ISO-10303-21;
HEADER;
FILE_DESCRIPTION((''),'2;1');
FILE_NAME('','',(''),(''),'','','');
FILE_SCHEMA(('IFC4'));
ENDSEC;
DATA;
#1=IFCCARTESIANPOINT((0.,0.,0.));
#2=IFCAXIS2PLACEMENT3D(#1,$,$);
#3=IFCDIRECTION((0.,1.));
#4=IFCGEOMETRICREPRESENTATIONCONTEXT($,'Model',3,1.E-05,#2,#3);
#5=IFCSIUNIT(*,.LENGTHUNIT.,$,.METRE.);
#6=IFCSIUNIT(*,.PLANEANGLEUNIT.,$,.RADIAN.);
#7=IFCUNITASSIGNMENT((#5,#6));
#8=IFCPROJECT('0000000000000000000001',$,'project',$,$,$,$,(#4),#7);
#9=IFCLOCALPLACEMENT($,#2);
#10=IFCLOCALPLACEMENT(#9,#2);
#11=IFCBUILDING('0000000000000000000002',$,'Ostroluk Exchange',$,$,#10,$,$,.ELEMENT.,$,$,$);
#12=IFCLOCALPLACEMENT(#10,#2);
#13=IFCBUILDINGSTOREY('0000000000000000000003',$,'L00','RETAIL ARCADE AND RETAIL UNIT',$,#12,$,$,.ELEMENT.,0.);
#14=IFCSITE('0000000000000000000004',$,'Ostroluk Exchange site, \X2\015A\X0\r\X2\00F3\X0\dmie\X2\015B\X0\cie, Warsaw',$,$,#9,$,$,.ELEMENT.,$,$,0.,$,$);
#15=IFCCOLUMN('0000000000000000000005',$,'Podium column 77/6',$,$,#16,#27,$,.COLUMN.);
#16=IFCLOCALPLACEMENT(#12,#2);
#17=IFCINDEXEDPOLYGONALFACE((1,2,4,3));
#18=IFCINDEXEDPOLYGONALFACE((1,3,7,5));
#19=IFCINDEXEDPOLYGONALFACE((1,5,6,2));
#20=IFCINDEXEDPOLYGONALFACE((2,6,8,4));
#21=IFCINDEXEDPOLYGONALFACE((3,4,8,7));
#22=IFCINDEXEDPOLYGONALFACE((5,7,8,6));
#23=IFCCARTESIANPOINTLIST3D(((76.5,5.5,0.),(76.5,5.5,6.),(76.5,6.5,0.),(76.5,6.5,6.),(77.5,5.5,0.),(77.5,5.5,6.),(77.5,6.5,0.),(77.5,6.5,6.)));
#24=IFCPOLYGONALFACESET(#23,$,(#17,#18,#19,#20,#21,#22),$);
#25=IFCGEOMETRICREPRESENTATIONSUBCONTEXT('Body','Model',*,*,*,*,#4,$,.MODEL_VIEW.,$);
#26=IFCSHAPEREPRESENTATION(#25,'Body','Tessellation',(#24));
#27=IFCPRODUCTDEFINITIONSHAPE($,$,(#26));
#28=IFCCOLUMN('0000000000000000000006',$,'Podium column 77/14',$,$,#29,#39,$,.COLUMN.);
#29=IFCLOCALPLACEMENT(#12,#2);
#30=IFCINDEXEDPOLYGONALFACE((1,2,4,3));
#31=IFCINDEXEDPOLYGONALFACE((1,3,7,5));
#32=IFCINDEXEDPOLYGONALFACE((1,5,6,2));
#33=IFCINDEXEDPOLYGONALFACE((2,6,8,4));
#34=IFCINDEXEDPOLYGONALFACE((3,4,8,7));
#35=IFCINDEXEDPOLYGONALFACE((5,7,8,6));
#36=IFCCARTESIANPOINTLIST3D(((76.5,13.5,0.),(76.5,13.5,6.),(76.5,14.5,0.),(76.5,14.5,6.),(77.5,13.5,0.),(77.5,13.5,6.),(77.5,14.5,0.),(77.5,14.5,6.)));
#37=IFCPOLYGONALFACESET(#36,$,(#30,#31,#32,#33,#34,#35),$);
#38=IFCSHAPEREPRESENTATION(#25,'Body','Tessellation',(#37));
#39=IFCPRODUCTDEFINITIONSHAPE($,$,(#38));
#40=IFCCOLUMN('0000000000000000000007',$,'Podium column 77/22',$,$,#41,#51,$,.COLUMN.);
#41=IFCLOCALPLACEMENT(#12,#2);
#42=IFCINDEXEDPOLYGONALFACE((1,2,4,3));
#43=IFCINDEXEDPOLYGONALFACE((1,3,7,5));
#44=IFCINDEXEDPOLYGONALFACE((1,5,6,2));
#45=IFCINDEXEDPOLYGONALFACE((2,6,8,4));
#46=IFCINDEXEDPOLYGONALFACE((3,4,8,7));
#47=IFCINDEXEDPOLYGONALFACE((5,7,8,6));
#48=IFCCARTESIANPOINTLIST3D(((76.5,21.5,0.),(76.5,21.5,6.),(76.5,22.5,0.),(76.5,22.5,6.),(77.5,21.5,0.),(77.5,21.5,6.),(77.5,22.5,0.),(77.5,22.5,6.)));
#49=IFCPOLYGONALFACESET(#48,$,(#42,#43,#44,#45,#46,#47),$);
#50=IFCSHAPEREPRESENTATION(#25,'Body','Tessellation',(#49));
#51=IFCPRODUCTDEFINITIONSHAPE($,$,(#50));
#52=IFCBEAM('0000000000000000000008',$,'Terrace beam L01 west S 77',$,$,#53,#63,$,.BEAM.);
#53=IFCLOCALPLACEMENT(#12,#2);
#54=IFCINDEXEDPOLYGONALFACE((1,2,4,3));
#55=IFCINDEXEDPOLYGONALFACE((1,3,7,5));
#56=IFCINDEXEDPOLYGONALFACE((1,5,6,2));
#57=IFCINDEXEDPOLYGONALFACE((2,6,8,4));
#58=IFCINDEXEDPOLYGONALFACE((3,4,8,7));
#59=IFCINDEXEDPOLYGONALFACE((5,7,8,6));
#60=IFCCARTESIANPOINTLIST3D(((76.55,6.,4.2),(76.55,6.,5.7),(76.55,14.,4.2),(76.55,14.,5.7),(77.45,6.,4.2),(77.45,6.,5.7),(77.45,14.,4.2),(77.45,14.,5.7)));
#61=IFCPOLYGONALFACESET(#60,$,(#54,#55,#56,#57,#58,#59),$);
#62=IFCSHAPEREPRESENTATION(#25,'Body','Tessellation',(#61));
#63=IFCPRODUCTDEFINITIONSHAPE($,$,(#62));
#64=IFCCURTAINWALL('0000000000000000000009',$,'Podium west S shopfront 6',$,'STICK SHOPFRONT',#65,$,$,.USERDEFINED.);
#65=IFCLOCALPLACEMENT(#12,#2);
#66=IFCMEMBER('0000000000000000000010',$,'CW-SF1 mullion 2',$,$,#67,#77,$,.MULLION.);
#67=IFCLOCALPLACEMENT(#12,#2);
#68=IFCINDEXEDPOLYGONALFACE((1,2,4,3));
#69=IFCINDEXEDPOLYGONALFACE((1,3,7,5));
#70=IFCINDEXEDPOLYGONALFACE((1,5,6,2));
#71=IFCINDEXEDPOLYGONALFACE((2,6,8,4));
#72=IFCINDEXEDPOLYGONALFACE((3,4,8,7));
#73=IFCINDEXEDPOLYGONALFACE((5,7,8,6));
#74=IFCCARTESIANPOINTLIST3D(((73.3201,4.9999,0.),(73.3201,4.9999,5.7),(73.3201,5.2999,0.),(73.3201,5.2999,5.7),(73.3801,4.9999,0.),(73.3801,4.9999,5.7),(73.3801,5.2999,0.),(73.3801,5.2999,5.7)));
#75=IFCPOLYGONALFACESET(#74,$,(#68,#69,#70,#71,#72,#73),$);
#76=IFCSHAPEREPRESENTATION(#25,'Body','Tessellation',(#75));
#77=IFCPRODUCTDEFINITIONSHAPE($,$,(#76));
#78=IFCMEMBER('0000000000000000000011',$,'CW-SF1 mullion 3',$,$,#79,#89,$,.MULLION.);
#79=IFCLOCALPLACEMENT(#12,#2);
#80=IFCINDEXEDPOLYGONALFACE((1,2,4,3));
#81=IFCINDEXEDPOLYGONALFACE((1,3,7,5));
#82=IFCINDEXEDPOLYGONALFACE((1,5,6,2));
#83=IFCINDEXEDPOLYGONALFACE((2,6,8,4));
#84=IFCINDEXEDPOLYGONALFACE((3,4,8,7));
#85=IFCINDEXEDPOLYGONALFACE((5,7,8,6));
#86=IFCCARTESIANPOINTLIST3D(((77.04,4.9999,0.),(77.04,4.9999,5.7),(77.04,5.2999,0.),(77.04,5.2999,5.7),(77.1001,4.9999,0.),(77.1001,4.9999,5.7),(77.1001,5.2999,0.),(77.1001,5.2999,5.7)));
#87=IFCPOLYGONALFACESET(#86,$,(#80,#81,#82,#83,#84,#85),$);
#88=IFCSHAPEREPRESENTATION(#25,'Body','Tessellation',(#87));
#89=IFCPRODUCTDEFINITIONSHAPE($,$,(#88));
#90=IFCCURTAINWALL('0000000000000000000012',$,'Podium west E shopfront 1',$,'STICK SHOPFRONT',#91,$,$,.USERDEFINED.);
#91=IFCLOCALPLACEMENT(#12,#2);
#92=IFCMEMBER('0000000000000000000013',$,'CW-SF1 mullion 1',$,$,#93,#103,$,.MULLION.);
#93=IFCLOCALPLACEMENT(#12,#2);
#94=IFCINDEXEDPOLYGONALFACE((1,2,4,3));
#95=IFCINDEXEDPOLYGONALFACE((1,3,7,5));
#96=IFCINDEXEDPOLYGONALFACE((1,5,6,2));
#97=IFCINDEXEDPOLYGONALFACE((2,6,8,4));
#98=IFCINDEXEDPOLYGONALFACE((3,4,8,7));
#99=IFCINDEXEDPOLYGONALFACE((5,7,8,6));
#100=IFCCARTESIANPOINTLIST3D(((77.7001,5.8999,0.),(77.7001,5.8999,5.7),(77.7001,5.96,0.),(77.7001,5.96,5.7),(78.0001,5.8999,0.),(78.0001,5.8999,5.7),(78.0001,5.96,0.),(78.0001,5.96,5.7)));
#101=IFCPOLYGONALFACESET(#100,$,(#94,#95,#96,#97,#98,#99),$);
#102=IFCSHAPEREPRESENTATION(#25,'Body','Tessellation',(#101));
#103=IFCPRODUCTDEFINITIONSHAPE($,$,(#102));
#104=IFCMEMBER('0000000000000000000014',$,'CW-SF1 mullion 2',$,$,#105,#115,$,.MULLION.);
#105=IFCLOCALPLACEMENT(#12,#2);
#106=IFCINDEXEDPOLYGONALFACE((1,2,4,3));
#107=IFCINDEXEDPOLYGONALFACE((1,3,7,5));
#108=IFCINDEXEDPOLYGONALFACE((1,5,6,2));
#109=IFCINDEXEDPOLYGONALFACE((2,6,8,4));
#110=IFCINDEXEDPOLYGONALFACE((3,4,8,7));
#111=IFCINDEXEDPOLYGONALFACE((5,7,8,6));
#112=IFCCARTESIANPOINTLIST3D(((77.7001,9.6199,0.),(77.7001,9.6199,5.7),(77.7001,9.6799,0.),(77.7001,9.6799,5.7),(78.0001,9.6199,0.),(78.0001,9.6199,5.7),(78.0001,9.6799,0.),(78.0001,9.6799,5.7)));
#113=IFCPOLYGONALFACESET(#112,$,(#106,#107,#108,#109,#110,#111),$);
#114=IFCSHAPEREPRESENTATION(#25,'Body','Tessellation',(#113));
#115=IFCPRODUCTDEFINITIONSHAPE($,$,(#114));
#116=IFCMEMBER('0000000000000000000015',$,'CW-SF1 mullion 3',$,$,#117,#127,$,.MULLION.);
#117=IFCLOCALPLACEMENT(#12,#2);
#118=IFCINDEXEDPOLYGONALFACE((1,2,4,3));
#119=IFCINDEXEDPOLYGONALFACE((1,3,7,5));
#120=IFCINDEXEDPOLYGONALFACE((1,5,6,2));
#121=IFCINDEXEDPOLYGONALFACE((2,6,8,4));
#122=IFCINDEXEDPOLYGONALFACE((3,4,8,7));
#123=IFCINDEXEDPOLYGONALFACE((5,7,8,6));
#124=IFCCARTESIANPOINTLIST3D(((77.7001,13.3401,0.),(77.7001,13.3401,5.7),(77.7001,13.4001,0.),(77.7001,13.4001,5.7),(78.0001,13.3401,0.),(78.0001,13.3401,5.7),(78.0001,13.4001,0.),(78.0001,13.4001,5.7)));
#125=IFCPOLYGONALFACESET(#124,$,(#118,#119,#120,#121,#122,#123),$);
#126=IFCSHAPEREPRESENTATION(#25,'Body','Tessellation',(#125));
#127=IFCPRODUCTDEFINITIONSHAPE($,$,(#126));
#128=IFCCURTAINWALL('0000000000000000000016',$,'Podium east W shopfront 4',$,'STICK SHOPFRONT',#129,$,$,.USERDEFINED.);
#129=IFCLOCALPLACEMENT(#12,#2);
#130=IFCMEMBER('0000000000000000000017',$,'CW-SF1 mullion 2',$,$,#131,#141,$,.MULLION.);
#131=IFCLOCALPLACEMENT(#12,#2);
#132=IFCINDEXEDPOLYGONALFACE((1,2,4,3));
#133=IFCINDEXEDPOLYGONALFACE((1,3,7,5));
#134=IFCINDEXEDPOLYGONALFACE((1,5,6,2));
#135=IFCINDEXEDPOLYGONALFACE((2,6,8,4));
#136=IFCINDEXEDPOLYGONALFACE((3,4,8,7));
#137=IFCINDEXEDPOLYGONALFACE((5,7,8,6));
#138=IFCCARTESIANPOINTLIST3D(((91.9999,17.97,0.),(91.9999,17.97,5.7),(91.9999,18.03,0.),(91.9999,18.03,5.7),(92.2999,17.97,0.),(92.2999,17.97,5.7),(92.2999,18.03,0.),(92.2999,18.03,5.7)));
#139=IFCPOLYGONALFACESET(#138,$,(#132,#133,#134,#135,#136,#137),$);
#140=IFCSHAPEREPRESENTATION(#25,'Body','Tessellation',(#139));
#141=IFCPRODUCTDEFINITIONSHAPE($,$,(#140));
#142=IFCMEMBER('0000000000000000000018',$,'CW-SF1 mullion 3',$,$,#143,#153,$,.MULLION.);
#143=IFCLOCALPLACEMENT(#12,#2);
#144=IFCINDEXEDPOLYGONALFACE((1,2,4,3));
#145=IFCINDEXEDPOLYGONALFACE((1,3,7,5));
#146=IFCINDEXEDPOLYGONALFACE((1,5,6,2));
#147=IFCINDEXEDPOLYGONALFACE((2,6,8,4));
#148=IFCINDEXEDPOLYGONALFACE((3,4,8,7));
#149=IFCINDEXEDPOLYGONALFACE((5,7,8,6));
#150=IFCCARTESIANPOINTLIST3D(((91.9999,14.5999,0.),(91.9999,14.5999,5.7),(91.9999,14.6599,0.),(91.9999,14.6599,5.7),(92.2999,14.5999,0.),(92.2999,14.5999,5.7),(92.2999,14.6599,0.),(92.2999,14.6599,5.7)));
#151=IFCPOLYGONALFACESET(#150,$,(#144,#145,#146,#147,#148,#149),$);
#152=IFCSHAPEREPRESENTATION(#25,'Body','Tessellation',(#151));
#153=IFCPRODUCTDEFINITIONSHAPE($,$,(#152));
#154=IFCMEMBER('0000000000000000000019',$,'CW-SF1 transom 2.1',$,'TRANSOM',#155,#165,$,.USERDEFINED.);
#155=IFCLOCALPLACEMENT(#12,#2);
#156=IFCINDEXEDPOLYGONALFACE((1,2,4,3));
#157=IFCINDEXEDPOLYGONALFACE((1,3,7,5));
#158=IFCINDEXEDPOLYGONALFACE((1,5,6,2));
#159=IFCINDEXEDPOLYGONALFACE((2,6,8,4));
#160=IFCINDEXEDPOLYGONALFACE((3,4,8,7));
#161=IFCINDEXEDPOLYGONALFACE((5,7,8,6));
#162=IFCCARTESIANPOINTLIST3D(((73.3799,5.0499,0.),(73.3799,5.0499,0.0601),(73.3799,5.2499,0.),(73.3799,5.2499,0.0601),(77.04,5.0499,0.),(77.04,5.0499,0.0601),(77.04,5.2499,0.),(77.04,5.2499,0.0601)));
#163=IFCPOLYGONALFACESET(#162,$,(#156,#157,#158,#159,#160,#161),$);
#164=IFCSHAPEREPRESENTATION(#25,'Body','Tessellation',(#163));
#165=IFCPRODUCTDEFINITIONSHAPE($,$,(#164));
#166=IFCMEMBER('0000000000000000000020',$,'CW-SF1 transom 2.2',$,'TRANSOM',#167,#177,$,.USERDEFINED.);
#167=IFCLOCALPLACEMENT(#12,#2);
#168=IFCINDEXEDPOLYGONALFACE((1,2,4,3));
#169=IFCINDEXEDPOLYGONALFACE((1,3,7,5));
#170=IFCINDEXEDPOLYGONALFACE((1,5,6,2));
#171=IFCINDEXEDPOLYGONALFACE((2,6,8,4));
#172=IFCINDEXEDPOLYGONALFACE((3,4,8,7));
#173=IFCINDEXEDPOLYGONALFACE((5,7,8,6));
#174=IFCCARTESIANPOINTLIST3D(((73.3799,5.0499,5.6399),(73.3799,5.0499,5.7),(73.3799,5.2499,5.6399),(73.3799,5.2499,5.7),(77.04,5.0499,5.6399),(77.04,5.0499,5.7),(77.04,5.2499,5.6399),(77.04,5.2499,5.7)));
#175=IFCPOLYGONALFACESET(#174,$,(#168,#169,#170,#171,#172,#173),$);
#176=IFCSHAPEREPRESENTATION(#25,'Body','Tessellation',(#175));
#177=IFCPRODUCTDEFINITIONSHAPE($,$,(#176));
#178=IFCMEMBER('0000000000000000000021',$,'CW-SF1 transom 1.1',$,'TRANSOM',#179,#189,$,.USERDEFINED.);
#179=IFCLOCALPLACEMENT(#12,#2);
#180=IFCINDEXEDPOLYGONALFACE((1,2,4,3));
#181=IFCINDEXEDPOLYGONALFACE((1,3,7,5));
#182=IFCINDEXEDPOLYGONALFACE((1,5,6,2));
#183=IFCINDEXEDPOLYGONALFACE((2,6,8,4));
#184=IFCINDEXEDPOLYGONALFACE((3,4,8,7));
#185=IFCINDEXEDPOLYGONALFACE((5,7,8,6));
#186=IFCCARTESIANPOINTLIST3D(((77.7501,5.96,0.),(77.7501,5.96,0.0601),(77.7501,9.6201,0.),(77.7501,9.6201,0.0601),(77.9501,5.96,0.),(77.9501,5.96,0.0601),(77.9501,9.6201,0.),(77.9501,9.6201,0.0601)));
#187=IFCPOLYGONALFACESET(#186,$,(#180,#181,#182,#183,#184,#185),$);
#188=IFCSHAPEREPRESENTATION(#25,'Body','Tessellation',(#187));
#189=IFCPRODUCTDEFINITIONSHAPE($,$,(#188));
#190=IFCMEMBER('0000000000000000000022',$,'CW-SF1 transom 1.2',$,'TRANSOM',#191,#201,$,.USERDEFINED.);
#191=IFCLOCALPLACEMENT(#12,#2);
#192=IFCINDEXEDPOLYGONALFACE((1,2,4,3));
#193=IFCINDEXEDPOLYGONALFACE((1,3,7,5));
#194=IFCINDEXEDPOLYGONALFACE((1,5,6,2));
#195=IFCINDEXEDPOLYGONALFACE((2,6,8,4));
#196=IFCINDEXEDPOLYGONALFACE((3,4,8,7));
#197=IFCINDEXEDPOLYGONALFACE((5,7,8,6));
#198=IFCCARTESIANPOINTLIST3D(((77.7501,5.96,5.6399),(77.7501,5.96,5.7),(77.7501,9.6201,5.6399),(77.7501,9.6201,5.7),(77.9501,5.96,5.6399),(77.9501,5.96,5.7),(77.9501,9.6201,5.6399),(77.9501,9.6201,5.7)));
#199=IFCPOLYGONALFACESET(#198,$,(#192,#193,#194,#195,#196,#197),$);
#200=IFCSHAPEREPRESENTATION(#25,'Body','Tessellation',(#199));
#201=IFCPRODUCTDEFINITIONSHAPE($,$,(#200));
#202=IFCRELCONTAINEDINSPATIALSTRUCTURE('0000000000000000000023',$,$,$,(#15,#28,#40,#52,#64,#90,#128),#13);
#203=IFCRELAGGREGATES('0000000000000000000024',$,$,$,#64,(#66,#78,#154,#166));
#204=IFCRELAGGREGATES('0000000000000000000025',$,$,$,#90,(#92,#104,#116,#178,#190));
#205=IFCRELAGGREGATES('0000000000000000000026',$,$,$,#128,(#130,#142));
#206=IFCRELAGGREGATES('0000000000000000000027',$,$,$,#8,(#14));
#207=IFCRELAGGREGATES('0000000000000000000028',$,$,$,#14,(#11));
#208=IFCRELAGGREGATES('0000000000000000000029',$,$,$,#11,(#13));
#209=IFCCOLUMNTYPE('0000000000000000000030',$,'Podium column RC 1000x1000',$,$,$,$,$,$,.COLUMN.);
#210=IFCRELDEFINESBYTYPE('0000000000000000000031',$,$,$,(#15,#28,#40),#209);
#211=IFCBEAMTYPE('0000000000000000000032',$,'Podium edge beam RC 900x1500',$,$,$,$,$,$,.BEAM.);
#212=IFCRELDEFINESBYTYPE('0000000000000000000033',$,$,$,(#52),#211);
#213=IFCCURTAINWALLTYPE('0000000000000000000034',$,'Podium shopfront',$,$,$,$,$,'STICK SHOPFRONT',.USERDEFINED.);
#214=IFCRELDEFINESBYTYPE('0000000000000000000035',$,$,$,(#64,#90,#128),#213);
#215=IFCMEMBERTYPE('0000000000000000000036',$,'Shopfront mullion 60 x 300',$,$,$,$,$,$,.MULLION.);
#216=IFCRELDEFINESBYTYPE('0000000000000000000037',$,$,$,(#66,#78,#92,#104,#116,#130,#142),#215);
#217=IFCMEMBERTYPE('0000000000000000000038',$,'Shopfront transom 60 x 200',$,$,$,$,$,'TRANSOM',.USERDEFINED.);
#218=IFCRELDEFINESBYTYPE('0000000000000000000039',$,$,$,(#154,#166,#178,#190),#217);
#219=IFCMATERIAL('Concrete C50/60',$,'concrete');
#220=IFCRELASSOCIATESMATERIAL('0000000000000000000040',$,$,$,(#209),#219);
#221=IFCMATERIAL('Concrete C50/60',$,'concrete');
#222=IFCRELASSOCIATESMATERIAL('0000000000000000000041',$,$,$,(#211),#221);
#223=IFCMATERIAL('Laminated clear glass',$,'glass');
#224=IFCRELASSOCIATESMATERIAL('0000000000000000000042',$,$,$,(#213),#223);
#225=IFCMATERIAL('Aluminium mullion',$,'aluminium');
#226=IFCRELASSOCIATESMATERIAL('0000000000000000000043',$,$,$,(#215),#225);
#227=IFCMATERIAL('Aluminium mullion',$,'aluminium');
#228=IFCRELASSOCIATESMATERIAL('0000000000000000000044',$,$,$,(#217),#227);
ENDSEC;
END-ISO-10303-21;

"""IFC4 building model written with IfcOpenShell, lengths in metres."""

from ifc_helpers import new_model, si_unit, direction, frame, origin, origin_2d, place, context, subcontext, project, spatial, rectangle, extrude, material, material_profile, profile_set, type_object, element, aggregate, save


model = new_model("IFC4")

# Units and contexts
model_context = context("Model", 3, precision=1e-05, world=origin(), true_north=direction((0.0, 1.0)))
body_context = subcontext(model_context, "Body", "Model", "MODEL_VIEW")
ifc_project = project(units=[si_unit("LENGTHUNIT", "METRE"), si_unit("PLANEANGLEUNIT", "RADIAN")], contexts=[model_context])

# Site, building, storey
site_placement = place(None, origin())
site = spatial("IfcSite", under=ifc_project, at=site_placement, Name="Ostroluk Exchange site, Śródmieście, Warsaw", CompositionType="ELEMENT", RefElevation=0.0)
building_placement = place(site_placement, origin())
building = spatial("IfcBuilding", under=site, at=building_placement, Name="Ostroluk Exchange", CompositionType="ELEMENT")
storey_placement = place(building_placement, origin())
storey = spatial("IfcBuildingStorey", under=building, at=storey_placement, Name="L00", Description="RETAIL ARCADE AND RETAIL UNIT", CompositionType="ELEMENT", Elevation=0.0)

# Columns
ifc_material_1 = material(Name="Concrete C50/60", Category="concrete")
ifc_material_profile_1 = material_profile(ifc_material_1, rectangle(XDim=1.0, YDim=1.0, at=origin_2d()), Name="RC 1000x1000")
ifc_profile_set_1 = profile_set([ifc_material_profile_1], Name="Concrete C50/60")
column_type = type_object("IfcColumnType", Name="Podium column RC 1000x1000", PredefinedType="COLUMN", material=ifc_profile_set_1)
for number, where, z_axis, x_axis, name in (
    (1, (77.0, 6.0, 0.0), (0.0, 0.0, 1.0), (1.0, 0.0, 0.0), "Podium column 77/6"),
    (2, (77.0, 14.0, 0.0), (0.0, 0.0, 1.0), (1.0, 0.0, 0.0), "Podium column 77/14"),
    (3, (77.0, 22.0, 0.0), (0.0, 0.0, 1.0), (1.0, 0.0, 0.0), "Podium column 77/22"),
):
    element("IfcColumn", number, at=place(storey_placement, frame(where, z_axis=z_axis, x_axis=x_axis)), inside=storey, type_object=column_type, Name=name, PredefinedType="COLUMN", context=body_context, shape_type="SweptSolid", body=[
        extrude(rectangle(XDim=1.0, YDim=1.0, at=origin_2d()), origin(), (0.0, 0.0, 1.0), 6.0),
    ])

# Beam
ifc_material_2 = material(Name="Concrete C50/60", Category="concrete")
ifc_material_profile_2 = material_profile(ifc_material_2, rectangle(XDim=0.8999, YDim=1.5, at=origin_2d()), Name="RC 900x1500")
ifc_profile_set_2 = profile_set([ifc_material_profile_2], Name="Concrete C50/60")
beam_type = type_object("IfcBeamType", Name="Podium edge beam RC 900x1500", PredefinedType="BEAM", material=ifc_profile_set_2)
beam_placement = place(storey_placement, frame((77.0, 6.0, 4.95), z_axis=(0.0, 1.0, 0.0), x_axis=(-1.0, 0.0, 0.0)))
element("IfcBeam", 4, at=beam_placement, inside=storey, type_object=beam_type, Name="Terrace beam L01 west S 77", PredefinedType="BEAM", context=body_context, shape_type="SweptSolid", body=[
    extrude(rectangle(XDim=0.8999, YDim=1.5, at=origin_2d()), origin(), (0.0, 0.0, 1.0), 8.0),
])

# Curtain walls, members
ifc_material_3 = material(Name="Laminated clear glass", Category="glass")
curtain_wall_type = type_object("IfcCurtainWallType", Name="Podium shopfront", ElementType="STICK SHOPFRONT", PredefinedType="USERDEFINED", material=ifc_material_3)
curtain_wall_1_placement = place(storey_placement, origin())
curtain_wall_1 = element("IfcCurtainWall", 5, at=curtain_wall_1_placement, inside=storey, type_object=curtain_wall_type, Name="Podium west S shopfront 6", ObjectType="STICK SHOPFRONT", PredefinedType="USERDEFINED")
ifc_material_4 = material(Name="Aluminium mullion", Category="aluminium")
ifc_material_profile_3 = material_profile(ifc_material_4, rectangle(XDim=0.3, YDim=0.0601, at=origin_2d()), Name="Shopfront mullion 60 x 300")
ifc_profile_set_3 = profile_set([ifc_material_profile_3], Name="Aluminium mullion")
member_type_1 = type_object("IfcMemberType", Name="Shopfront mullion 60 x 300", PredefinedType="MULLION", material=ifc_profile_set_3)
member_1_placement = place(storey_placement, frame((73.3501, 5.1499, 0.0), z_axis=(0.0, 0.0, 1.0), x_axis=(0.0, 1.0, 0.0)))
member_1 = element("IfcMember", 6, at=member_1_placement, type_object=member_type_1, Name="CW-SF1 mullion 2", PredefinedType="MULLION", context=body_context, shape_type="SweptSolid", body=[
    extrude(rectangle(XDim=0.3, YDim=0.0601, at=origin_2d()), origin(), (0.0, 0.0, 1.0), 5.7),
])
member_2_placement = place(storey_placement, frame((77.0701, 5.1499, 0.0), z_axis=(0.0, 0.0, 1.0), x_axis=(0.0, 1.0, 0.0)))
member_2 = element("IfcMember", 7, at=member_2_placement, type_object=member_type_1, Name="CW-SF1 mullion 3", PredefinedType="MULLION", context=body_context, shape_type="SweptSolid", body=[
    extrude(rectangle(XDim=0.3, YDim=0.0601, at=origin_2d()), origin(), (0.0, 0.0, 1.0), 5.7),
])
curtain_wall_2_placement = place(storey_placement, origin())
curtain_wall_2 = element("IfcCurtainWall", 8, at=curtain_wall_2_placement, inside=storey, type_object=curtain_wall_type, Name="Podium west E shopfront 1", ObjectType="STICK SHOPFRONT", PredefinedType="USERDEFINED")
member_3_placement = place(storey_placement, frame((77.8501, 5.9299, 0.0), z_axis=(0.0, 0.0, 1.0), x_axis=(-1.0, 0.0, 0.0)))
member_3 = element("IfcMember", 9, at=member_3_placement, type_object=member_type_1, Name="CW-SF1 mullion 1", PredefinedType="MULLION", context=body_context, shape_type="SweptSolid", body=[
    extrude(rectangle(XDim=0.3, YDim=0.0601, at=origin_2d()), origin(), (0.0, 0.0, 1.0), 5.7),
])
member_4_placement = place(storey_placement, frame((77.8501, 9.6499, 0.0), z_axis=(0.0, 0.0, 1.0), x_axis=(-1.0, 0.0, 0.0)))
member_4 = element("IfcMember", 10, at=member_4_placement, type_object=member_type_1, Name="CW-SF1 mullion 2", PredefinedType="MULLION", context=body_context, shape_type="SweptSolid", body=[
    extrude(rectangle(XDim=0.3, YDim=0.0601, at=origin_2d()), origin(), (0.0, 0.0, 1.0), 5.7),
])
member_5_placement = place(storey_placement, frame((77.8501, 13.3701, 0.0), z_axis=(0.0, 0.0, 1.0), x_axis=(-1.0, 0.0, 0.0)))
member_5 = element("IfcMember", 11, at=member_5_placement, type_object=member_type_1, Name="CW-SF1 mullion 3", PredefinedType="MULLION", context=body_context, shape_type="SweptSolid", body=[
    extrude(rectangle(XDim=0.3, YDim=0.0601, at=origin_2d()), origin(), (0.0, 0.0, 1.0), 5.7),
])
curtain_wall_3_placement = place(storey_placement, origin())
curtain_wall_3 = element("IfcCurtainWall", 12, at=curtain_wall_3_placement, inside=storey, type_object=curtain_wall_type, Name="Podium east W shopfront 4", ObjectType="STICK SHOPFRONT", PredefinedType="USERDEFINED")
member_6_placement = place(storey_placement, frame((92.1499, 18.0, 0.0), z_axis=(0.0, 0.0, 1.0), x_axis=(1.0, 0.0, 0.0)))
member_6 = element("IfcMember", 13, at=member_6_placement, type_object=member_type_1, Name="CW-SF1 mullion 2", PredefinedType="MULLION", context=body_context, shape_type="SweptSolid", body=[
    extrude(rectangle(XDim=0.3, YDim=0.0601, at=origin_2d()), origin(), (0.0, 0.0, 1.0), 5.7),
])
member_7_placement = place(storey_placement, frame((92.1499, 14.6299, 0.0), z_axis=(0.0, 0.0, 1.0), x_axis=(1.0, 0.0, 0.0)))
member_7 = element("IfcMember", 14, at=member_7_placement, type_object=member_type_1, Name="CW-SF1 mullion 3", PredefinedType="MULLION", context=body_context, shape_type="SweptSolid", body=[
    extrude(rectangle(XDim=0.3, YDim=0.0601, at=origin_2d()), origin(), (0.0, 0.0, 1.0), 5.7),
])

# Members
ifc_material_5 = material(Name="Aluminium mullion", Category="aluminium")
ifc_material_profile_4 = material_profile(ifc_material_5, rectangle(XDim=0.2, YDim=0.0601, at=origin_2d()), Name="Shopfront transom 60 x 200")
ifc_profile_set_4 = profile_set([ifc_material_profile_4], Name="Aluminium mullion")
member_type_2 = type_object("IfcMemberType", Name="Shopfront transom 60 x 200", ElementType="TRANSOM", PredefinedType="USERDEFINED", material=ifc_profile_set_4)
member_8_placement = place(storey_placement, frame((73.3799, 5.1499, 0.03), z_axis=(1.0, 0.0, 0.0), x_axis=(0.0, 1.0, 0.0)))
member_8 = element("IfcMember", 15, at=member_8_placement, type_object=member_type_2, Name="CW-SF1 transom 2.1", ObjectType="TRANSOM", PredefinedType="USERDEFINED", context=body_context, shape_type="SweptSolid", body=[
    extrude(rectangle(XDim=0.2, YDim=0.0601, at=origin_2d()), origin(), (0.0, 0.0, 1.0), 3.6602),
])
member_9_placement = place(storey_placement, frame((73.3799, 5.1499, 5.6699), z_axis=(1.0, 0.0, 0.0), x_axis=(0.0, 1.0, 0.0)))
member_9 = element("IfcMember", 16, at=member_9_placement, type_object=member_type_2, Name="CW-SF1 transom 2.2", ObjectType="TRANSOM", PredefinedType="USERDEFINED", context=body_context, shape_type="SweptSolid", body=[
    extrude(rectangle(XDim=0.2, YDim=0.0601, at=origin_2d()), origin(), (0.0, 0.0, 1.0), 3.6602),
])
member_10_placement = place(storey_placement, frame((77.8501, 5.96, 0.03), z_axis=(0.0, 1.0, 0.0), x_axis=(-1.0, 0.0, 0.0)))
member_10 = element("IfcMember", 17, at=member_10_placement, type_object=member_type_2, Name="CW-SF1 transom 1.1", ObjectType="TRANSOM", PredefinedType="USERDEFINED", context=body_context, shape_type="SweptSolid", body=[
    extrude(rectangle(XDim=0.2, YDim=0.0601, at=origin_2d()), origin(), (0.0, 0.0, 1.0), 3.6602),
])
member_11_placement = place(storey_placement, frame((77.8501, 5.96, 5.6699), z_axis=(0.0, 1.0, 0.0), x_axis=(-1.0, 0.0, 0.0)))
member_11 = element("IfcMember", 18, at=member_11_placement, type_object=member_type_2, Name="CW-SF1 transom 1.2", ObjectType="TRANSOM", PredefinedType="USERDEFINED", context=body_context, shape_type="SweptSolid", body=[
    extrude(rectangle(XDim=0.2, YDim=0.0601, at=origin_2d()), origin(), (0.0, 0.0, 1.0), 3.6602),
])

aggregate(curtain_wall_1, [member_1, member_2, member_8, member_9])
aggregate(curtain_wall_2, [member_3, member_4, member_5, member_10, member_11])
aggregate(curtain_wall_3, [member_6, member_7])

save(model, "model.ifc")
